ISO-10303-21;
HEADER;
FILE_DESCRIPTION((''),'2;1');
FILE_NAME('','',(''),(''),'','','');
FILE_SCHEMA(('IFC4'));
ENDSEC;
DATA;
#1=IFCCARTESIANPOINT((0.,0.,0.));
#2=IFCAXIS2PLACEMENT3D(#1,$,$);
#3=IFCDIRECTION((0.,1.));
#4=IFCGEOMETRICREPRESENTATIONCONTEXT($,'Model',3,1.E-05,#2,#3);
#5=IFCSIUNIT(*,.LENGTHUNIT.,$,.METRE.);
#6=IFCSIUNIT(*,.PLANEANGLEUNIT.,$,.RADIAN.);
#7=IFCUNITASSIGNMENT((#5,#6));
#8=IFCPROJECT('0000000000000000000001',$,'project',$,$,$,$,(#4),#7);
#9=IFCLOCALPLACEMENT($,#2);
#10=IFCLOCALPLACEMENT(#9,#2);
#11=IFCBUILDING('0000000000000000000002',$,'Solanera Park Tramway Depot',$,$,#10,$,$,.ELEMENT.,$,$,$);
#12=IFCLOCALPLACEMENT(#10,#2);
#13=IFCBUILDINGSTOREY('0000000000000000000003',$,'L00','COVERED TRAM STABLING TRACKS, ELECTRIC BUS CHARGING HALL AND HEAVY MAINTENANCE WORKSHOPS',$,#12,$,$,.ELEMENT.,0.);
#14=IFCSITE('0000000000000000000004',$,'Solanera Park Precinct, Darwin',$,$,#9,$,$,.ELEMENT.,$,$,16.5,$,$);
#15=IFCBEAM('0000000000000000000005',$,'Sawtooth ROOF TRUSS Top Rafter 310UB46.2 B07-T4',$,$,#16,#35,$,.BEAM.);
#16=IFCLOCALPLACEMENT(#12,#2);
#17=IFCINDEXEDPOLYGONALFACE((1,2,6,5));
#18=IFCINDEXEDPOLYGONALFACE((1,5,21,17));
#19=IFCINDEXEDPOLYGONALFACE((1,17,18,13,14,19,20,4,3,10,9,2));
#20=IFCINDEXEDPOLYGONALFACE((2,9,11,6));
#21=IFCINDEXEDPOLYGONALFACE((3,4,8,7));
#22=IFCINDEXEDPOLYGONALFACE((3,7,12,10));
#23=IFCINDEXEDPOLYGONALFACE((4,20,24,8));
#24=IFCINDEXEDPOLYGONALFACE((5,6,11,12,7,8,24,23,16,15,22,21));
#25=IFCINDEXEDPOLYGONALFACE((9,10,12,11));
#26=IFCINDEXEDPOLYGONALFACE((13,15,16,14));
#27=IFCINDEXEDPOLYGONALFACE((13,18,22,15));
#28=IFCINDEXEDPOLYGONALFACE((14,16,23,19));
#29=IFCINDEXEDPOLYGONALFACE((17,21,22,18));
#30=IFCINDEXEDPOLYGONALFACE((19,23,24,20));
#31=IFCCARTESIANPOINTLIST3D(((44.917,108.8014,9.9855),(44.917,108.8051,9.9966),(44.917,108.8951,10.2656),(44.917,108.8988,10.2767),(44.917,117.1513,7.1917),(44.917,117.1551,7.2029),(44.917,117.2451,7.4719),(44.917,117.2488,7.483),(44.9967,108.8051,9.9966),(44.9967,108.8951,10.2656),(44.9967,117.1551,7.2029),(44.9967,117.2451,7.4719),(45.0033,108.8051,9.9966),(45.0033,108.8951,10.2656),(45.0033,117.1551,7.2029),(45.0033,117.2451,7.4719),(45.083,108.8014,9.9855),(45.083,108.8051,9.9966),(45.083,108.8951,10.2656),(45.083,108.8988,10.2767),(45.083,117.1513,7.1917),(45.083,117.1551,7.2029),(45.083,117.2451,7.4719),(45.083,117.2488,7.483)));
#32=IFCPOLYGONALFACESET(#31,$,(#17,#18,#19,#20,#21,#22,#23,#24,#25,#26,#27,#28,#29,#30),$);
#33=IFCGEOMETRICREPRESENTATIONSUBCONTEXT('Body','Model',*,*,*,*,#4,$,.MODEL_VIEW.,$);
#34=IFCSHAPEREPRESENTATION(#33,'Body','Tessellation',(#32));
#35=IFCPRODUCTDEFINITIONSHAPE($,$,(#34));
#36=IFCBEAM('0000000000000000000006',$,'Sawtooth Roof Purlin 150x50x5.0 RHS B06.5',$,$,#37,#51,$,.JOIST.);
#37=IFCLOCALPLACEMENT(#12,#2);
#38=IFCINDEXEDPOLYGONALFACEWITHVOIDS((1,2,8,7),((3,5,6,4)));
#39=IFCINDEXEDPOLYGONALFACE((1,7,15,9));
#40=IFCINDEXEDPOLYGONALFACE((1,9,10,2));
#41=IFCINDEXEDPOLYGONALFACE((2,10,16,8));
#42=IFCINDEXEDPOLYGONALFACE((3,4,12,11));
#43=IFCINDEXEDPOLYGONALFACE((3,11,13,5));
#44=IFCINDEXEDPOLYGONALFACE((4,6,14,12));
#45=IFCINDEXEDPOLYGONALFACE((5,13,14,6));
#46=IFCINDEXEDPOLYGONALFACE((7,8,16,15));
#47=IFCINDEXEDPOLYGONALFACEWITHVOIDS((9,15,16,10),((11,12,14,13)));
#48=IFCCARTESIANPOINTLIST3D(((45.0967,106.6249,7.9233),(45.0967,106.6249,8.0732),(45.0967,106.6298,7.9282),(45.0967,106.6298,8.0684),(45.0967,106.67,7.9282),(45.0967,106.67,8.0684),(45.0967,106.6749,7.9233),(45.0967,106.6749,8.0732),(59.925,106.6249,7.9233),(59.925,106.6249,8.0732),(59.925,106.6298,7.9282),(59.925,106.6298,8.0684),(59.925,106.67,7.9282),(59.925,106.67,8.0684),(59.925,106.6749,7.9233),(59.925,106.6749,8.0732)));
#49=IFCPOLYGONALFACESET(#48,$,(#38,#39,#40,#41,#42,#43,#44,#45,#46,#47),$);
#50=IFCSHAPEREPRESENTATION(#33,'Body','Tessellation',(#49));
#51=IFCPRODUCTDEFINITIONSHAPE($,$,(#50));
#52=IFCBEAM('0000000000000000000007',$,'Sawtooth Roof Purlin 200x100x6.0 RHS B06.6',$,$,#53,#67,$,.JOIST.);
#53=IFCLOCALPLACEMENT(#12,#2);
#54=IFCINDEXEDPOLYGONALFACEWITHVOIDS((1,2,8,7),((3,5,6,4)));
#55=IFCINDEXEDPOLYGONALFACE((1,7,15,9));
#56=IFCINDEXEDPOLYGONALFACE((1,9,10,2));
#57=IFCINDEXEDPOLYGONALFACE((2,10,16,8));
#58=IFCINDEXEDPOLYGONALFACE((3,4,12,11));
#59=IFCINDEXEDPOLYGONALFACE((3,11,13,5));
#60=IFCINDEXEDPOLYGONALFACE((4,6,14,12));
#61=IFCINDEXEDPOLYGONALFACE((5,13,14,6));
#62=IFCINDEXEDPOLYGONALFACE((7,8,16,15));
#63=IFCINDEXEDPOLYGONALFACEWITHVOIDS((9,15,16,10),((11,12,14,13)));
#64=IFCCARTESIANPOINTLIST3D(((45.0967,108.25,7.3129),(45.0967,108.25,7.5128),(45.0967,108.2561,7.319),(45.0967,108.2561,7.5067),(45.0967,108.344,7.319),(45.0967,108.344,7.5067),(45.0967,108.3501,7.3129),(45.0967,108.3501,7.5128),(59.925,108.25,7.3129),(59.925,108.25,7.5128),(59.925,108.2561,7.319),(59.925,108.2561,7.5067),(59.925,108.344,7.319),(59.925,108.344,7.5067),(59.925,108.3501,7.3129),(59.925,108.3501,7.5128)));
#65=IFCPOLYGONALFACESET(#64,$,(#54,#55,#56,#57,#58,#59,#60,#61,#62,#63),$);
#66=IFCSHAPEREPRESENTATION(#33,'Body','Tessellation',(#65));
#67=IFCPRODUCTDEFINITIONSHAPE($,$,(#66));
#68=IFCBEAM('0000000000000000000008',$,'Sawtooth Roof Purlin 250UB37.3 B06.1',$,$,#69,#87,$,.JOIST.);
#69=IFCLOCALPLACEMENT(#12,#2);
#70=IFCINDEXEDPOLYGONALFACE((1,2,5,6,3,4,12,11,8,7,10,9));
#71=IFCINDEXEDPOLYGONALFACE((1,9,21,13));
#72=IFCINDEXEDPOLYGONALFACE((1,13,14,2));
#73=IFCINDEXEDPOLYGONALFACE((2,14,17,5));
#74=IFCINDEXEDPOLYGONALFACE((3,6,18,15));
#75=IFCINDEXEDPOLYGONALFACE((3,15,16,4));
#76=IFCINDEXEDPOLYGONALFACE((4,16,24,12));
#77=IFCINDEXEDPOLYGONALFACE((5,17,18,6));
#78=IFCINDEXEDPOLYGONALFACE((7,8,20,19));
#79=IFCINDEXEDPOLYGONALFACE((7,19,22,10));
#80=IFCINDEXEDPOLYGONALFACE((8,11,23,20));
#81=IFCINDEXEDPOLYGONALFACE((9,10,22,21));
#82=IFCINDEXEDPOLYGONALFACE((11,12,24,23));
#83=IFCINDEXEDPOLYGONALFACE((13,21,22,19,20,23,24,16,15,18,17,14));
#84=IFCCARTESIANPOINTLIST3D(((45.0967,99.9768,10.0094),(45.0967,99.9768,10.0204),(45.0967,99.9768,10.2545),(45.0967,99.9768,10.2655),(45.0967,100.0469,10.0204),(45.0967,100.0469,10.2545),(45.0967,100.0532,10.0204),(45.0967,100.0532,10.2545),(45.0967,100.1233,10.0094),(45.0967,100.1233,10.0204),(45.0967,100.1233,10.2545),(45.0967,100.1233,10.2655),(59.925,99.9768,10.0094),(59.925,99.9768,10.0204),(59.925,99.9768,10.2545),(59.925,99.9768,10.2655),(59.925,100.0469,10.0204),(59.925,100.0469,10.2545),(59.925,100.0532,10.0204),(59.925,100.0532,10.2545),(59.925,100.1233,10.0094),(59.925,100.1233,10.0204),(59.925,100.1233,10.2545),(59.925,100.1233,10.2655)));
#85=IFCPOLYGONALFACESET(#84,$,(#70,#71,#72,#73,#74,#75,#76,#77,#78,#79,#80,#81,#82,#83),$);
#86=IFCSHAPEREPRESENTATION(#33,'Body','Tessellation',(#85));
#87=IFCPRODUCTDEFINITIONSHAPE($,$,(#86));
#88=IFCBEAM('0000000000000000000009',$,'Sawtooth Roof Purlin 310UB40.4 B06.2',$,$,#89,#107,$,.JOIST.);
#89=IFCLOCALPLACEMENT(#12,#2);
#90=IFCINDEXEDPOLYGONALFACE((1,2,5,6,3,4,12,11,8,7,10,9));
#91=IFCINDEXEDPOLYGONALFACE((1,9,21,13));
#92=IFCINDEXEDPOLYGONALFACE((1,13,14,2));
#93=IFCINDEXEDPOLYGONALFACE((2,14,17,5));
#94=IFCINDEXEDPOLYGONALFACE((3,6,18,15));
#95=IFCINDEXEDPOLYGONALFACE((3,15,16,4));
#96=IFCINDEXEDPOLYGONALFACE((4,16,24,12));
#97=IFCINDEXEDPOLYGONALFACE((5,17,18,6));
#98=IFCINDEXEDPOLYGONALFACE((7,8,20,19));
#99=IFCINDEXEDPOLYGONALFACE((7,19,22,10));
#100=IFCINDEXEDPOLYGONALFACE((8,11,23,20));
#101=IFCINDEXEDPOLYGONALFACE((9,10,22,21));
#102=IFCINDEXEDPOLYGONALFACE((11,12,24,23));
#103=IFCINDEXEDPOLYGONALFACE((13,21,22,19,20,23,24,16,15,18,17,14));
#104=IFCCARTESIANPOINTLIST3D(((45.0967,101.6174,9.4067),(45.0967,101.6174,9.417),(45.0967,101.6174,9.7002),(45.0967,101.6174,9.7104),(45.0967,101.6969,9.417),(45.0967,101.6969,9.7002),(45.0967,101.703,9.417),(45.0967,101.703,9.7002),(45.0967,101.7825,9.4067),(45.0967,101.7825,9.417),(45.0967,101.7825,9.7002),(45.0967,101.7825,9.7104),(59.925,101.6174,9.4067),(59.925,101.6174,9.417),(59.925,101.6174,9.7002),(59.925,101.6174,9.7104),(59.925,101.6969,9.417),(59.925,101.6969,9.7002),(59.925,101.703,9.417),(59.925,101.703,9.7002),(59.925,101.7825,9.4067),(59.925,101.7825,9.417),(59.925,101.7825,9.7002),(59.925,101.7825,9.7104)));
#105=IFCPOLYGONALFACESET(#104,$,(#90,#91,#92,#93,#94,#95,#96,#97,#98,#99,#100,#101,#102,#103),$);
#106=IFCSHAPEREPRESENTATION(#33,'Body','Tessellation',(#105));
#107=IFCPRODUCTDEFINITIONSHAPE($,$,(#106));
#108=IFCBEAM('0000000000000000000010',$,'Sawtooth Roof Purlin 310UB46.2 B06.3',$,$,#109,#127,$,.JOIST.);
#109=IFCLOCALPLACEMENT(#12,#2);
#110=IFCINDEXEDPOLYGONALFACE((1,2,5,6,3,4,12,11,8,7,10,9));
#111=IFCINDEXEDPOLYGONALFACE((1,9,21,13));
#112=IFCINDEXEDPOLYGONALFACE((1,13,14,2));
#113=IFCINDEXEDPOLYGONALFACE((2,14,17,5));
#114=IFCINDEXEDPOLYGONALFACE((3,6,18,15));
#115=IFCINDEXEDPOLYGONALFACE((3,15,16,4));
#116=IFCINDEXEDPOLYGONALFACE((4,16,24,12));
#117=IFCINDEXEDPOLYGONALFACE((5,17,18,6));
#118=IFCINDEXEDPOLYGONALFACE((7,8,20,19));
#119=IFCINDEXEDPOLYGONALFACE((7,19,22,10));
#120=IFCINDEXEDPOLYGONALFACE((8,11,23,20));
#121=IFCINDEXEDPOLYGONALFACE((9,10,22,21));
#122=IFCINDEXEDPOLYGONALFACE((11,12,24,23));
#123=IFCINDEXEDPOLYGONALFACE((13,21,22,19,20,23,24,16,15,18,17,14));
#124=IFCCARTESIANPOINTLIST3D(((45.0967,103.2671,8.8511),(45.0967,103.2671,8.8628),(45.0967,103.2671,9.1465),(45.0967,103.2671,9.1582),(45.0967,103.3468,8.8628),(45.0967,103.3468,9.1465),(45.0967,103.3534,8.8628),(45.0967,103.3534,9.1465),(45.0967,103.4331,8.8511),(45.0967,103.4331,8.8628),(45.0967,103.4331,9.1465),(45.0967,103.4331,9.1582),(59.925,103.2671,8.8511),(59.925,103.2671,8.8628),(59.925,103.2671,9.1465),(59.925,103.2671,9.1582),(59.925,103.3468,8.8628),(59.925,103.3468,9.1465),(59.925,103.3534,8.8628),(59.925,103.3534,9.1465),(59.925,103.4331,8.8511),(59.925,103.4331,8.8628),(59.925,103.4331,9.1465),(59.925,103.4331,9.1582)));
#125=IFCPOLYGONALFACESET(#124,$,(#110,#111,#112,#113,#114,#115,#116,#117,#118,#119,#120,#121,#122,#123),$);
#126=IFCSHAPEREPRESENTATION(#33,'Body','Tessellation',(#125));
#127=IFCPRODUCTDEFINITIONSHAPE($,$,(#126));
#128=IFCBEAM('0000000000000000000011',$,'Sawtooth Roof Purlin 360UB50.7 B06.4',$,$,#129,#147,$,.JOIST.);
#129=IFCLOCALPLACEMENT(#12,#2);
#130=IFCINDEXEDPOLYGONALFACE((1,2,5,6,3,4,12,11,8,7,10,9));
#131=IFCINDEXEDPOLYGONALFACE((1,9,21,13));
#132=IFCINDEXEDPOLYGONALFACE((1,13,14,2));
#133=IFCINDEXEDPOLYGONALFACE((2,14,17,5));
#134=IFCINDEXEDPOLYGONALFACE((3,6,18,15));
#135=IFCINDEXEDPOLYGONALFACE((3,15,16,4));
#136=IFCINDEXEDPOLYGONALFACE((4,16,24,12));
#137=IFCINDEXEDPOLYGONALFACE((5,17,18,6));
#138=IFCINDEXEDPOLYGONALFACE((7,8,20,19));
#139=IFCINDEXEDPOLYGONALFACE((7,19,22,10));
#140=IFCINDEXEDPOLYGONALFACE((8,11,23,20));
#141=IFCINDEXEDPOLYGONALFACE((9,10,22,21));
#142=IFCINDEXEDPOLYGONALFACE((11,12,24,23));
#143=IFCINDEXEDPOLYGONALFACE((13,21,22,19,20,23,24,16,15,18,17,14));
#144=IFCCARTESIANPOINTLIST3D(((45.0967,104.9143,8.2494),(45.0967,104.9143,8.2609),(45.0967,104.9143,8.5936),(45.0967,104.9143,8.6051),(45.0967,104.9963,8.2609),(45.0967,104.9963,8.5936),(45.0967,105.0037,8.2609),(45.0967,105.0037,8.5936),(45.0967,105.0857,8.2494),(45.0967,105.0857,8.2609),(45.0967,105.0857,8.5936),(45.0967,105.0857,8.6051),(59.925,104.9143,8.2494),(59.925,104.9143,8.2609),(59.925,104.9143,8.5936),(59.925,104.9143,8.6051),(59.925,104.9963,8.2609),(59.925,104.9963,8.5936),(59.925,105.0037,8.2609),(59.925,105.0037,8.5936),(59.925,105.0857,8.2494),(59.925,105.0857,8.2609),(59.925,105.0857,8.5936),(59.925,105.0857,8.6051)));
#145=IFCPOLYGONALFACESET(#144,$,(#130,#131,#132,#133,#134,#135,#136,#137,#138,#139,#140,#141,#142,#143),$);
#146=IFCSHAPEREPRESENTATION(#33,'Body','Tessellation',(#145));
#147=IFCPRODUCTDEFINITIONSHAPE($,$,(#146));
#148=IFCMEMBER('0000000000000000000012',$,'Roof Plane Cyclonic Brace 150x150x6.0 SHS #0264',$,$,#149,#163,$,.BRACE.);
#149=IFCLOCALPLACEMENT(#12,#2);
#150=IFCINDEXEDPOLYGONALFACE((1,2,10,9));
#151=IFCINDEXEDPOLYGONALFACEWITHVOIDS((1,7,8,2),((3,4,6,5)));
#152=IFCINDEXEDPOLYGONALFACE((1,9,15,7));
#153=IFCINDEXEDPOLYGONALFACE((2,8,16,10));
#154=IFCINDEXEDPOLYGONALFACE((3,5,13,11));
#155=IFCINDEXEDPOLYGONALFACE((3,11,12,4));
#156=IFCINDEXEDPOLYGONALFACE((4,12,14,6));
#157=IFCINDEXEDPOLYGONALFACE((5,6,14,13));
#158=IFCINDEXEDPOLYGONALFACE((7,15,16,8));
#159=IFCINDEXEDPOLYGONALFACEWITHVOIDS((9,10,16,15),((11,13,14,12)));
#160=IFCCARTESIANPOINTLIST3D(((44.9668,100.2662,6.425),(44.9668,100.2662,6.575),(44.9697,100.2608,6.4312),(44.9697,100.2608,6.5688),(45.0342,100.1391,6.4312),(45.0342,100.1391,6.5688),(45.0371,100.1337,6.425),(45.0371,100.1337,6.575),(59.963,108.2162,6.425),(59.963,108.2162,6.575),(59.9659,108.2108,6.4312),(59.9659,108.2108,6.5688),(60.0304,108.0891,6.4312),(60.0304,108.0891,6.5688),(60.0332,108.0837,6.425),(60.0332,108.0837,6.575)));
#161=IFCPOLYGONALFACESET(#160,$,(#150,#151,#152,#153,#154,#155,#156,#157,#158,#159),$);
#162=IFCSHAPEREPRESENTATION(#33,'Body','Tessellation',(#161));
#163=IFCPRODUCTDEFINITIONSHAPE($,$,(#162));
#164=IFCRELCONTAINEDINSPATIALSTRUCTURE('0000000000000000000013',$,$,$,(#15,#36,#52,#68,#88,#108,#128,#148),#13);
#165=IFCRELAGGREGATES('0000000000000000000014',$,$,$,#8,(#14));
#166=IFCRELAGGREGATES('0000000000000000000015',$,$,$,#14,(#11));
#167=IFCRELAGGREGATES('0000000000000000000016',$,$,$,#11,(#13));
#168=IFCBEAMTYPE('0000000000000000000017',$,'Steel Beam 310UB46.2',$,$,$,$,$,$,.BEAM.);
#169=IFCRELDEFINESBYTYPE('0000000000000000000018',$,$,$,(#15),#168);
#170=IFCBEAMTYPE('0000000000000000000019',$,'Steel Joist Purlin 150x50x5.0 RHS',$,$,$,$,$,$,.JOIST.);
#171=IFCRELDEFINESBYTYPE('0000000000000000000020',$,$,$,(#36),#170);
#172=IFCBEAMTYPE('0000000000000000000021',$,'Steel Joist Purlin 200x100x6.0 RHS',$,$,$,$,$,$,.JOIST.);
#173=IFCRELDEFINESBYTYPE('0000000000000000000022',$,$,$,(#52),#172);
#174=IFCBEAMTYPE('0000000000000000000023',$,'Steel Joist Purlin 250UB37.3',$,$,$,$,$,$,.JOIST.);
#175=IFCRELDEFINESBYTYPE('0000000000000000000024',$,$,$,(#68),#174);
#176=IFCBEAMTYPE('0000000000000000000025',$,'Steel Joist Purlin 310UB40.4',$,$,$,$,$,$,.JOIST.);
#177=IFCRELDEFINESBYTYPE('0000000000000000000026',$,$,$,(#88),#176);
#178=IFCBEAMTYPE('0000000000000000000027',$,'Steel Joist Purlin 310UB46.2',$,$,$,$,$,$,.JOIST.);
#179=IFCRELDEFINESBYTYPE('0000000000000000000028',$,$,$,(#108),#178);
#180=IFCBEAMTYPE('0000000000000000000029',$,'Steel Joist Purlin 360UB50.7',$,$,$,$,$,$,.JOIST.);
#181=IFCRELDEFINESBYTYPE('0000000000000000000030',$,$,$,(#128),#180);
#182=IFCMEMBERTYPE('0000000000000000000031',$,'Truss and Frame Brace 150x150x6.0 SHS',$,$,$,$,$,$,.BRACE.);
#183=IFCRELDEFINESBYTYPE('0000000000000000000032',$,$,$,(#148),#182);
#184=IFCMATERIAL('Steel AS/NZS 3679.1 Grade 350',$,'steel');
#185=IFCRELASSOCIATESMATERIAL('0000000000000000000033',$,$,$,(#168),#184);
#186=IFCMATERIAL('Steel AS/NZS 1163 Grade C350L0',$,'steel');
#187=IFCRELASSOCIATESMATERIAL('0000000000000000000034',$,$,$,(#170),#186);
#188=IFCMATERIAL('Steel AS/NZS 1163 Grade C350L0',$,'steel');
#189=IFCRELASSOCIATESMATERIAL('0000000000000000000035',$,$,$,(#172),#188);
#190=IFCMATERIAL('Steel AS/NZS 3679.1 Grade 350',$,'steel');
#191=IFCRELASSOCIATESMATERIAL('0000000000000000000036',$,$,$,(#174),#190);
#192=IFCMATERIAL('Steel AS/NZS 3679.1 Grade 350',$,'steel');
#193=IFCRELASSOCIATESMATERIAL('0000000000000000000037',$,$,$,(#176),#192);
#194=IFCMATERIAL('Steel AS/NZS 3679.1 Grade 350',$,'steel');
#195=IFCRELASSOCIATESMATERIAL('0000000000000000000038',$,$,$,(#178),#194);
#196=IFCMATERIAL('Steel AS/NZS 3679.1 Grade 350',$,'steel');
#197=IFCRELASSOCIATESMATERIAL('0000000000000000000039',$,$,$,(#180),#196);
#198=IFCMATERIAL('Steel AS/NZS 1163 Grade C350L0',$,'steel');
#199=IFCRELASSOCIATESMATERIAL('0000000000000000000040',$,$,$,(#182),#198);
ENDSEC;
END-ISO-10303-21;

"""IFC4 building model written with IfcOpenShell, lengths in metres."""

from ifc_helpers import new_model, si_unit, direction, frame, origin, origin_2d, place, context, subcontext, project, spatial, hollow_rectangle, i_section, extrude, material, material_profile, profile_set, type_object, element, save


model = new_model("IFC4")

# Units and contexts
model_context = context("Model", 3, precision=1e-05, world=origin(), true_north=direction((0.0, 1.0)))
body_context = subcontext(model_context, "Body", "Model", "MODEL_VIEW")
ifc_project = project(units=[si_unit("LENGTHUNIT", "METRE"), si_unit("PLANEANGLEUNIT", "RADIAN")], contexts=[model_context])

# Site, building, storey
site_placement = place(None, origin())
site = spatial("IfcSite", under=ifc_project, at=site_placement, Name="Solanera Park Precinct, Darwin", CompositionType="ELEMENT", RefElevation=16.5)
building_placement = place(site_placement, origin())
building = spatial("IfcBuilding", under=site, at=building_placement, Name="Solanera Park Tramway Depot", CompositionType="ELEMENT")
storey_placement = place(building_placement, origin())
storey = spatial("IfcBuildingStorey", under=building, at=storey_placement, Name="L00", Description="COVERED TRAM STABLING TRACKS, ELECTRIC BUS CHARGING HALL AND HEAVY MAINTENANCE WORKSHOPS", CompositionType="ELEMENT", Elevation=0.0)

# Beams
ifc_material_1 = material(Name="Steel AS/NZS 3679.1 Grade 350", Category="steel")
ifc_material_profile_1 = material_profile(ifc_material_1, i_section(OverallWidth=0.166, OverallDepth=0.3071, WebThickness=0.0066, FlangeThickness=0.0117, at=origin_2d()), Name="310UB46.2")
ifc_profile_set_1 = profile_set([ifc_material_profile_1], Name="Steel AS/NZS 3679.1 Grade 350")
beam_type_1 = type_object("IfcBeamType", Name="Steel Beam 310UB46.2", PredefinedType="BEAM", material=ifc_profile_set_1)
beam_1_placement = place(storey_placement, frame((45.0, 108.8501, 10.1311), z_axis=(0.0, 0.948328, -0.317292), x_axis=(-1.0, 0.0, 0.0)))
element("IfcBeam", 1, at=beam_1_placement, inside=storey, type_object=beam_type_1, Name="Sawtooth ROOF TRUSS Top Rafter 310UB46.2 B07-T4", PredefinedType="BEAM", context=body_context, shape_type="SweptSolid", body=[
    extrude(i_section(OverallWidth=0.166, OverallDepth=0.3071, WebThickness=0.0066, FlangeThickness=0.0117, at=origin_2d()), origin(), (0.0, 0.0, 1.0), 8.8049),
])
ifc_material_2 = material(Name="Steel AS/NZS 1163 Grade C350L0", Category="steel")
ifc_material_profile_2 = material_profile(ifc_material_2, hollow_rectangle(XDim=0.05, YDim=0.1499, WallThickness=0.0049, at=origin_2d()), Name="150x50x5.0 RHS")
ifc_profile_set_2 = profile_set([ifc_material_profile_2], Name="Steel AS/NZS 1163 Grade C350L0")
beam_type_2 = type_object("IfcBeamType", Name="Steel Joist Purlin 150x50x5.0 RHS", PredefinedType="JOIST", material=ifc_profile_set_2)
beam_2_placement = place(storey_placement, frame((45.0967, 106.6499, 7.9983), z_axis=(1.0, 0.0, 0.0), x_axis=(0.0, 1.0, 0.0)))
element("IfcBeam", 2, at=beam_2_placement, inside=storey, type_object=beam_type_2, Name="Sawtooth Roof Purlin 150x50x5.0 RHS B06.5", PredefinedType="JOIST", context=body_context, shape_type="SweptSolid", body=[
    extrude(hollow_rectangle(XDim=0.05, YDim=0.1499, WallThickness=0.0049, at=origin_2d()), origin(), (0.0, 0.0, 1.0), 14.8284),
])
ifc_material_3 = material(Name="Steel AS/NZS 1163 Grade C350L0", Category="steel")
ifc_material_profile_3 = material_profile(ifc_material_3, hollow_rectangle(XDim=0.1001, YDim=0.2, WallThickness=0.0061, at=origin_2d()), Name="200x100x6.0 RHS")
ifc_profile_set_3 = profile_set([ifc_material_profile_3], Name="Steel AS/NZS 1163 Grade C350L0")
beam_type_3 = type_object("IfcBeamType", Name="Steel Joist Purlin 200x100x6.0 RHS", PredefinedType="JOIST", material=ifc_profile_set_3)
beam_3_placement = place(storey_placement, frame((45.0967, 108.3, 7.4128), z_axis=(1.0, 0.0, 0.0), x_axis=(0.0, 1.0, 0.0)))
element("IfcBeam", 3, at=beam_3_placement, inside=storey, type_object=beam_type_3, Name="Sawtooth Roof Purlin 200x100x6.0 RHS B06.6", PredefinedType="JOIST", context=body_context, shape_type="SweptSolid", body=[
    extrude(hollow_rectangle(XDim=0.1001, YDim=0.2, WallThickness=0.0061, at=origin_2d()), origin(), (0.0, 0.0, 1.0), 14.8284),
])
ifc_material_4 = material(Name="Steel AS/NZS 3679.1 Grade 350", Category="steel")
ifc_material_profile_4 = material_profile(ifc_material_4, i_section(OverallWidth=0.1465, OverallDepth=0.2561, WebThickness=0.0063, FlangeThickness=0.011, at=origin_2d()), Name="250UB37.3")
ifc_profile_set_4 = profile_set([ifc_material_profile_4], Name="Steel AS/NZS 3679.1 Grade 350")
beam_type_4 = type_object("IfcBeamType", Name="Steel Joist Purlin 250UB37.3", PredefinedType="JOIST", material=ifc_profile_set_4)
beam_4_placement = place(storey_placement, frame((45.0967, 100.05, 10.1375), z_axis=(1.0, 0.0, 0.0), x_axis=(0.0, 1.0, 0.0)))
element("IfcBeam", 4, at=beam_4_placement, inside=storey, type_object=beam_type_4, Name="Sawtooth Roof Purlin 250UB37.3 B06.1", PredefinedType="JOIST", context=body_context, shape_type="SweptSolid", body=[
    extrude(i_section(OverallWidth=0.1465, OverallDepth=0.2561, WebThickness=0.0063, FlangeThickness=0.011, at=origin_2d()), origin(), (0.0, 0.0, 1.0), 14.8284),
])
ifc_material_5 = material(Name="Steel AS/NZS 3679.1 Grade 350", Category="steel")
ifc_material_profile_5 = material_profile(ifc_material_5, i_section(OverallWidth=0.165, OverallDepth=0.3037, WebThickness=0.0061, FlangeThickness=0.0103, at=origin_2d()), Name="310UB40.4")
ifc_profile_set_5 = profile_set([ifc_material_profile_5], Name="Steel AS/NZS 3679.1 Grade 350")
beam_type_5 = type_object("IfcBeamType", Name="Steel Joist Purlin 310UB40.4", PredefinedType="JOIST", material=ifc_profile_set_5)
beam_5_placement = place(storey_placement, frame((45.0967, 101.7, 9.5586), z_axis=(1.0, 0.0, 0.0), x_axis=(0.0, 1.0, 0.0)))
element("IfcBeam", 5, at=beam_5_placement, inside=storey, type_object=beam_type_5, Name="Sawtooth Roof Purlin 310UB40.4 B06.2", PredefinedType="JOIST", context=body_context, shape_type="SweptSolid", body=[
    extrude(i_section(OverallWidth=0.165, OverallDepth=0.3037, WebThickness=0.0061, FlangeThickness=0.0103, at=origin_2d()), origin(), (0.0, 0.0, 1.0), 14.8284),
])
ifc_material_6 = material(Name="Steel AS/NZS 3679.1 Grade 350", Category="steel")
ifc_material_profile_6 = material_profile(ifc_material_6, i_section(OverallWidth=0.166, OverallDepth=0.3071, WebThickness=0.0066, FlangeThickness=0.0117, at=origin_2d()), Name="310UB46.2")
ifc_profile_set_6 = profile_set([ifc_material_profile_6], Name="Steel AS/NZS 3679.1 Grade 350")
beam_type_6 = type_object("IfcBeamType", Name="Steel Joist Purlin 310UB46.2", PredefinedType="JOIST", material=ifc_profile_set_6)
beam_6_placement = place(storey_placement, frame((45.0967, 103.3501, 9.0046), z_axis=(1.0, 0.0, 0.0), x_axis=(0.0, 1.0, 0.0)))
element("IfcBeam", 6, at=beam_6_placement, inside=storey, type_object=beam_type_6, Name="Sawtooth Roof Purlin 310UB46.2 B06.3", PredefinedType="JOIST", context=body_context, shape_type="SweptSolid", body=[
    extrude(i_section(OverallWidth=0.166, OverallDepth=0.3071, WebThickness=0.0066, FlangeThickness=0.0117, at=origin_2d()), origin(), (0.0, 0.0, 1.0), 14.8284),
])
ifc_material_7 = material(Name="Steel AS/NZS 3679.1 Grade 350", Category="steel")
ifc_material_profile_7 = material_profile(ifc_material_7, i_section(OverallWidth=0.1714, OverallDepth=0.3557, WebThickness=0.0073, FlangeThickness=0.0115, at=origin_2d()), Name="360UB50.7")
ifc_profile_set_7 = profile_set([ifc_material_profile_7], Name="Steel AS/NZS 3679.1 Grade 350")
beam_type_7 = type_object("IfcBeamType", Name="Steel Joist Purlin 360UB50.7", PredefinedType="JOIST", material=ifc_profile_set_7)
beam_7_placement = place(storey_placement, frame((45.0967, 105.0, 8.4272), z_axis=(1.0, 0.0, 0.0), x_axis=(0.0, 1.0, 0.0)))
element("IfcBeam", 7, at=beam_7_placement, inside=storey, type_object=beam_type_7, Name="Sawtooth Roof Purlin 360UB50.7 B06.4", PredefinedType="JOIST", context=body_context, shape_type="SweptSolid", body=[
    extrude(i_section(OverallWidth=0.1714, OverallDepth=0.3557, WebThickness=0.0073, FlangeThickness=0.0115, at=origin_2d()), origin(), (0.0, 0.0, 1.0), 14.8284),
])

# Member
ifc_material_8 = material(Name="Steel AS/NZS 1163 Grade C350L0", Category="steel")
ifc_material_profile_8 = material_profile(ifc_material_8, hollow_rectangle(XDim=0.1499, YDim=0.1499, WallThickness=0.0061, at=origin_2d()), Name="150x150x6.0 SHS")
ifc_profile_set_8 = profile_set([ifc_material_profile_8], Name="Steel AS/NZS 1163 Grade C350L0")
member_type_1 = type_object("IfcMemberType", Name="Truss and Frame Brace 150x150x6.0 SHS", PredefinedType="BRACE", material=ifc_profile_set_8)
member_1_placement = place(storey_placement, frame((45.002, 100.2, 6.5), z_axis=(0.883524, 0.468387, 0.0), x_axis=(-0.468387, 0.883524, 0.0)))
element("IfcMember", 8, at=member_1_placement, inside=storey, type_object=member_type_1, Name="Roof Plane Cyclonic Brace 150x150x6.0 SHS #0264", PredefinedType="BRACE", context=body_context, shape_type="SweptSolid", body=[
    extrude(hollow_rectangle(XDim=0.1499, YDim=0.1499, WallThickness=0.0061, at=origin_2d()), origin(), (0.0, 0.0, 1.0), 16.9731),
])

save(model, "model.ifc")
